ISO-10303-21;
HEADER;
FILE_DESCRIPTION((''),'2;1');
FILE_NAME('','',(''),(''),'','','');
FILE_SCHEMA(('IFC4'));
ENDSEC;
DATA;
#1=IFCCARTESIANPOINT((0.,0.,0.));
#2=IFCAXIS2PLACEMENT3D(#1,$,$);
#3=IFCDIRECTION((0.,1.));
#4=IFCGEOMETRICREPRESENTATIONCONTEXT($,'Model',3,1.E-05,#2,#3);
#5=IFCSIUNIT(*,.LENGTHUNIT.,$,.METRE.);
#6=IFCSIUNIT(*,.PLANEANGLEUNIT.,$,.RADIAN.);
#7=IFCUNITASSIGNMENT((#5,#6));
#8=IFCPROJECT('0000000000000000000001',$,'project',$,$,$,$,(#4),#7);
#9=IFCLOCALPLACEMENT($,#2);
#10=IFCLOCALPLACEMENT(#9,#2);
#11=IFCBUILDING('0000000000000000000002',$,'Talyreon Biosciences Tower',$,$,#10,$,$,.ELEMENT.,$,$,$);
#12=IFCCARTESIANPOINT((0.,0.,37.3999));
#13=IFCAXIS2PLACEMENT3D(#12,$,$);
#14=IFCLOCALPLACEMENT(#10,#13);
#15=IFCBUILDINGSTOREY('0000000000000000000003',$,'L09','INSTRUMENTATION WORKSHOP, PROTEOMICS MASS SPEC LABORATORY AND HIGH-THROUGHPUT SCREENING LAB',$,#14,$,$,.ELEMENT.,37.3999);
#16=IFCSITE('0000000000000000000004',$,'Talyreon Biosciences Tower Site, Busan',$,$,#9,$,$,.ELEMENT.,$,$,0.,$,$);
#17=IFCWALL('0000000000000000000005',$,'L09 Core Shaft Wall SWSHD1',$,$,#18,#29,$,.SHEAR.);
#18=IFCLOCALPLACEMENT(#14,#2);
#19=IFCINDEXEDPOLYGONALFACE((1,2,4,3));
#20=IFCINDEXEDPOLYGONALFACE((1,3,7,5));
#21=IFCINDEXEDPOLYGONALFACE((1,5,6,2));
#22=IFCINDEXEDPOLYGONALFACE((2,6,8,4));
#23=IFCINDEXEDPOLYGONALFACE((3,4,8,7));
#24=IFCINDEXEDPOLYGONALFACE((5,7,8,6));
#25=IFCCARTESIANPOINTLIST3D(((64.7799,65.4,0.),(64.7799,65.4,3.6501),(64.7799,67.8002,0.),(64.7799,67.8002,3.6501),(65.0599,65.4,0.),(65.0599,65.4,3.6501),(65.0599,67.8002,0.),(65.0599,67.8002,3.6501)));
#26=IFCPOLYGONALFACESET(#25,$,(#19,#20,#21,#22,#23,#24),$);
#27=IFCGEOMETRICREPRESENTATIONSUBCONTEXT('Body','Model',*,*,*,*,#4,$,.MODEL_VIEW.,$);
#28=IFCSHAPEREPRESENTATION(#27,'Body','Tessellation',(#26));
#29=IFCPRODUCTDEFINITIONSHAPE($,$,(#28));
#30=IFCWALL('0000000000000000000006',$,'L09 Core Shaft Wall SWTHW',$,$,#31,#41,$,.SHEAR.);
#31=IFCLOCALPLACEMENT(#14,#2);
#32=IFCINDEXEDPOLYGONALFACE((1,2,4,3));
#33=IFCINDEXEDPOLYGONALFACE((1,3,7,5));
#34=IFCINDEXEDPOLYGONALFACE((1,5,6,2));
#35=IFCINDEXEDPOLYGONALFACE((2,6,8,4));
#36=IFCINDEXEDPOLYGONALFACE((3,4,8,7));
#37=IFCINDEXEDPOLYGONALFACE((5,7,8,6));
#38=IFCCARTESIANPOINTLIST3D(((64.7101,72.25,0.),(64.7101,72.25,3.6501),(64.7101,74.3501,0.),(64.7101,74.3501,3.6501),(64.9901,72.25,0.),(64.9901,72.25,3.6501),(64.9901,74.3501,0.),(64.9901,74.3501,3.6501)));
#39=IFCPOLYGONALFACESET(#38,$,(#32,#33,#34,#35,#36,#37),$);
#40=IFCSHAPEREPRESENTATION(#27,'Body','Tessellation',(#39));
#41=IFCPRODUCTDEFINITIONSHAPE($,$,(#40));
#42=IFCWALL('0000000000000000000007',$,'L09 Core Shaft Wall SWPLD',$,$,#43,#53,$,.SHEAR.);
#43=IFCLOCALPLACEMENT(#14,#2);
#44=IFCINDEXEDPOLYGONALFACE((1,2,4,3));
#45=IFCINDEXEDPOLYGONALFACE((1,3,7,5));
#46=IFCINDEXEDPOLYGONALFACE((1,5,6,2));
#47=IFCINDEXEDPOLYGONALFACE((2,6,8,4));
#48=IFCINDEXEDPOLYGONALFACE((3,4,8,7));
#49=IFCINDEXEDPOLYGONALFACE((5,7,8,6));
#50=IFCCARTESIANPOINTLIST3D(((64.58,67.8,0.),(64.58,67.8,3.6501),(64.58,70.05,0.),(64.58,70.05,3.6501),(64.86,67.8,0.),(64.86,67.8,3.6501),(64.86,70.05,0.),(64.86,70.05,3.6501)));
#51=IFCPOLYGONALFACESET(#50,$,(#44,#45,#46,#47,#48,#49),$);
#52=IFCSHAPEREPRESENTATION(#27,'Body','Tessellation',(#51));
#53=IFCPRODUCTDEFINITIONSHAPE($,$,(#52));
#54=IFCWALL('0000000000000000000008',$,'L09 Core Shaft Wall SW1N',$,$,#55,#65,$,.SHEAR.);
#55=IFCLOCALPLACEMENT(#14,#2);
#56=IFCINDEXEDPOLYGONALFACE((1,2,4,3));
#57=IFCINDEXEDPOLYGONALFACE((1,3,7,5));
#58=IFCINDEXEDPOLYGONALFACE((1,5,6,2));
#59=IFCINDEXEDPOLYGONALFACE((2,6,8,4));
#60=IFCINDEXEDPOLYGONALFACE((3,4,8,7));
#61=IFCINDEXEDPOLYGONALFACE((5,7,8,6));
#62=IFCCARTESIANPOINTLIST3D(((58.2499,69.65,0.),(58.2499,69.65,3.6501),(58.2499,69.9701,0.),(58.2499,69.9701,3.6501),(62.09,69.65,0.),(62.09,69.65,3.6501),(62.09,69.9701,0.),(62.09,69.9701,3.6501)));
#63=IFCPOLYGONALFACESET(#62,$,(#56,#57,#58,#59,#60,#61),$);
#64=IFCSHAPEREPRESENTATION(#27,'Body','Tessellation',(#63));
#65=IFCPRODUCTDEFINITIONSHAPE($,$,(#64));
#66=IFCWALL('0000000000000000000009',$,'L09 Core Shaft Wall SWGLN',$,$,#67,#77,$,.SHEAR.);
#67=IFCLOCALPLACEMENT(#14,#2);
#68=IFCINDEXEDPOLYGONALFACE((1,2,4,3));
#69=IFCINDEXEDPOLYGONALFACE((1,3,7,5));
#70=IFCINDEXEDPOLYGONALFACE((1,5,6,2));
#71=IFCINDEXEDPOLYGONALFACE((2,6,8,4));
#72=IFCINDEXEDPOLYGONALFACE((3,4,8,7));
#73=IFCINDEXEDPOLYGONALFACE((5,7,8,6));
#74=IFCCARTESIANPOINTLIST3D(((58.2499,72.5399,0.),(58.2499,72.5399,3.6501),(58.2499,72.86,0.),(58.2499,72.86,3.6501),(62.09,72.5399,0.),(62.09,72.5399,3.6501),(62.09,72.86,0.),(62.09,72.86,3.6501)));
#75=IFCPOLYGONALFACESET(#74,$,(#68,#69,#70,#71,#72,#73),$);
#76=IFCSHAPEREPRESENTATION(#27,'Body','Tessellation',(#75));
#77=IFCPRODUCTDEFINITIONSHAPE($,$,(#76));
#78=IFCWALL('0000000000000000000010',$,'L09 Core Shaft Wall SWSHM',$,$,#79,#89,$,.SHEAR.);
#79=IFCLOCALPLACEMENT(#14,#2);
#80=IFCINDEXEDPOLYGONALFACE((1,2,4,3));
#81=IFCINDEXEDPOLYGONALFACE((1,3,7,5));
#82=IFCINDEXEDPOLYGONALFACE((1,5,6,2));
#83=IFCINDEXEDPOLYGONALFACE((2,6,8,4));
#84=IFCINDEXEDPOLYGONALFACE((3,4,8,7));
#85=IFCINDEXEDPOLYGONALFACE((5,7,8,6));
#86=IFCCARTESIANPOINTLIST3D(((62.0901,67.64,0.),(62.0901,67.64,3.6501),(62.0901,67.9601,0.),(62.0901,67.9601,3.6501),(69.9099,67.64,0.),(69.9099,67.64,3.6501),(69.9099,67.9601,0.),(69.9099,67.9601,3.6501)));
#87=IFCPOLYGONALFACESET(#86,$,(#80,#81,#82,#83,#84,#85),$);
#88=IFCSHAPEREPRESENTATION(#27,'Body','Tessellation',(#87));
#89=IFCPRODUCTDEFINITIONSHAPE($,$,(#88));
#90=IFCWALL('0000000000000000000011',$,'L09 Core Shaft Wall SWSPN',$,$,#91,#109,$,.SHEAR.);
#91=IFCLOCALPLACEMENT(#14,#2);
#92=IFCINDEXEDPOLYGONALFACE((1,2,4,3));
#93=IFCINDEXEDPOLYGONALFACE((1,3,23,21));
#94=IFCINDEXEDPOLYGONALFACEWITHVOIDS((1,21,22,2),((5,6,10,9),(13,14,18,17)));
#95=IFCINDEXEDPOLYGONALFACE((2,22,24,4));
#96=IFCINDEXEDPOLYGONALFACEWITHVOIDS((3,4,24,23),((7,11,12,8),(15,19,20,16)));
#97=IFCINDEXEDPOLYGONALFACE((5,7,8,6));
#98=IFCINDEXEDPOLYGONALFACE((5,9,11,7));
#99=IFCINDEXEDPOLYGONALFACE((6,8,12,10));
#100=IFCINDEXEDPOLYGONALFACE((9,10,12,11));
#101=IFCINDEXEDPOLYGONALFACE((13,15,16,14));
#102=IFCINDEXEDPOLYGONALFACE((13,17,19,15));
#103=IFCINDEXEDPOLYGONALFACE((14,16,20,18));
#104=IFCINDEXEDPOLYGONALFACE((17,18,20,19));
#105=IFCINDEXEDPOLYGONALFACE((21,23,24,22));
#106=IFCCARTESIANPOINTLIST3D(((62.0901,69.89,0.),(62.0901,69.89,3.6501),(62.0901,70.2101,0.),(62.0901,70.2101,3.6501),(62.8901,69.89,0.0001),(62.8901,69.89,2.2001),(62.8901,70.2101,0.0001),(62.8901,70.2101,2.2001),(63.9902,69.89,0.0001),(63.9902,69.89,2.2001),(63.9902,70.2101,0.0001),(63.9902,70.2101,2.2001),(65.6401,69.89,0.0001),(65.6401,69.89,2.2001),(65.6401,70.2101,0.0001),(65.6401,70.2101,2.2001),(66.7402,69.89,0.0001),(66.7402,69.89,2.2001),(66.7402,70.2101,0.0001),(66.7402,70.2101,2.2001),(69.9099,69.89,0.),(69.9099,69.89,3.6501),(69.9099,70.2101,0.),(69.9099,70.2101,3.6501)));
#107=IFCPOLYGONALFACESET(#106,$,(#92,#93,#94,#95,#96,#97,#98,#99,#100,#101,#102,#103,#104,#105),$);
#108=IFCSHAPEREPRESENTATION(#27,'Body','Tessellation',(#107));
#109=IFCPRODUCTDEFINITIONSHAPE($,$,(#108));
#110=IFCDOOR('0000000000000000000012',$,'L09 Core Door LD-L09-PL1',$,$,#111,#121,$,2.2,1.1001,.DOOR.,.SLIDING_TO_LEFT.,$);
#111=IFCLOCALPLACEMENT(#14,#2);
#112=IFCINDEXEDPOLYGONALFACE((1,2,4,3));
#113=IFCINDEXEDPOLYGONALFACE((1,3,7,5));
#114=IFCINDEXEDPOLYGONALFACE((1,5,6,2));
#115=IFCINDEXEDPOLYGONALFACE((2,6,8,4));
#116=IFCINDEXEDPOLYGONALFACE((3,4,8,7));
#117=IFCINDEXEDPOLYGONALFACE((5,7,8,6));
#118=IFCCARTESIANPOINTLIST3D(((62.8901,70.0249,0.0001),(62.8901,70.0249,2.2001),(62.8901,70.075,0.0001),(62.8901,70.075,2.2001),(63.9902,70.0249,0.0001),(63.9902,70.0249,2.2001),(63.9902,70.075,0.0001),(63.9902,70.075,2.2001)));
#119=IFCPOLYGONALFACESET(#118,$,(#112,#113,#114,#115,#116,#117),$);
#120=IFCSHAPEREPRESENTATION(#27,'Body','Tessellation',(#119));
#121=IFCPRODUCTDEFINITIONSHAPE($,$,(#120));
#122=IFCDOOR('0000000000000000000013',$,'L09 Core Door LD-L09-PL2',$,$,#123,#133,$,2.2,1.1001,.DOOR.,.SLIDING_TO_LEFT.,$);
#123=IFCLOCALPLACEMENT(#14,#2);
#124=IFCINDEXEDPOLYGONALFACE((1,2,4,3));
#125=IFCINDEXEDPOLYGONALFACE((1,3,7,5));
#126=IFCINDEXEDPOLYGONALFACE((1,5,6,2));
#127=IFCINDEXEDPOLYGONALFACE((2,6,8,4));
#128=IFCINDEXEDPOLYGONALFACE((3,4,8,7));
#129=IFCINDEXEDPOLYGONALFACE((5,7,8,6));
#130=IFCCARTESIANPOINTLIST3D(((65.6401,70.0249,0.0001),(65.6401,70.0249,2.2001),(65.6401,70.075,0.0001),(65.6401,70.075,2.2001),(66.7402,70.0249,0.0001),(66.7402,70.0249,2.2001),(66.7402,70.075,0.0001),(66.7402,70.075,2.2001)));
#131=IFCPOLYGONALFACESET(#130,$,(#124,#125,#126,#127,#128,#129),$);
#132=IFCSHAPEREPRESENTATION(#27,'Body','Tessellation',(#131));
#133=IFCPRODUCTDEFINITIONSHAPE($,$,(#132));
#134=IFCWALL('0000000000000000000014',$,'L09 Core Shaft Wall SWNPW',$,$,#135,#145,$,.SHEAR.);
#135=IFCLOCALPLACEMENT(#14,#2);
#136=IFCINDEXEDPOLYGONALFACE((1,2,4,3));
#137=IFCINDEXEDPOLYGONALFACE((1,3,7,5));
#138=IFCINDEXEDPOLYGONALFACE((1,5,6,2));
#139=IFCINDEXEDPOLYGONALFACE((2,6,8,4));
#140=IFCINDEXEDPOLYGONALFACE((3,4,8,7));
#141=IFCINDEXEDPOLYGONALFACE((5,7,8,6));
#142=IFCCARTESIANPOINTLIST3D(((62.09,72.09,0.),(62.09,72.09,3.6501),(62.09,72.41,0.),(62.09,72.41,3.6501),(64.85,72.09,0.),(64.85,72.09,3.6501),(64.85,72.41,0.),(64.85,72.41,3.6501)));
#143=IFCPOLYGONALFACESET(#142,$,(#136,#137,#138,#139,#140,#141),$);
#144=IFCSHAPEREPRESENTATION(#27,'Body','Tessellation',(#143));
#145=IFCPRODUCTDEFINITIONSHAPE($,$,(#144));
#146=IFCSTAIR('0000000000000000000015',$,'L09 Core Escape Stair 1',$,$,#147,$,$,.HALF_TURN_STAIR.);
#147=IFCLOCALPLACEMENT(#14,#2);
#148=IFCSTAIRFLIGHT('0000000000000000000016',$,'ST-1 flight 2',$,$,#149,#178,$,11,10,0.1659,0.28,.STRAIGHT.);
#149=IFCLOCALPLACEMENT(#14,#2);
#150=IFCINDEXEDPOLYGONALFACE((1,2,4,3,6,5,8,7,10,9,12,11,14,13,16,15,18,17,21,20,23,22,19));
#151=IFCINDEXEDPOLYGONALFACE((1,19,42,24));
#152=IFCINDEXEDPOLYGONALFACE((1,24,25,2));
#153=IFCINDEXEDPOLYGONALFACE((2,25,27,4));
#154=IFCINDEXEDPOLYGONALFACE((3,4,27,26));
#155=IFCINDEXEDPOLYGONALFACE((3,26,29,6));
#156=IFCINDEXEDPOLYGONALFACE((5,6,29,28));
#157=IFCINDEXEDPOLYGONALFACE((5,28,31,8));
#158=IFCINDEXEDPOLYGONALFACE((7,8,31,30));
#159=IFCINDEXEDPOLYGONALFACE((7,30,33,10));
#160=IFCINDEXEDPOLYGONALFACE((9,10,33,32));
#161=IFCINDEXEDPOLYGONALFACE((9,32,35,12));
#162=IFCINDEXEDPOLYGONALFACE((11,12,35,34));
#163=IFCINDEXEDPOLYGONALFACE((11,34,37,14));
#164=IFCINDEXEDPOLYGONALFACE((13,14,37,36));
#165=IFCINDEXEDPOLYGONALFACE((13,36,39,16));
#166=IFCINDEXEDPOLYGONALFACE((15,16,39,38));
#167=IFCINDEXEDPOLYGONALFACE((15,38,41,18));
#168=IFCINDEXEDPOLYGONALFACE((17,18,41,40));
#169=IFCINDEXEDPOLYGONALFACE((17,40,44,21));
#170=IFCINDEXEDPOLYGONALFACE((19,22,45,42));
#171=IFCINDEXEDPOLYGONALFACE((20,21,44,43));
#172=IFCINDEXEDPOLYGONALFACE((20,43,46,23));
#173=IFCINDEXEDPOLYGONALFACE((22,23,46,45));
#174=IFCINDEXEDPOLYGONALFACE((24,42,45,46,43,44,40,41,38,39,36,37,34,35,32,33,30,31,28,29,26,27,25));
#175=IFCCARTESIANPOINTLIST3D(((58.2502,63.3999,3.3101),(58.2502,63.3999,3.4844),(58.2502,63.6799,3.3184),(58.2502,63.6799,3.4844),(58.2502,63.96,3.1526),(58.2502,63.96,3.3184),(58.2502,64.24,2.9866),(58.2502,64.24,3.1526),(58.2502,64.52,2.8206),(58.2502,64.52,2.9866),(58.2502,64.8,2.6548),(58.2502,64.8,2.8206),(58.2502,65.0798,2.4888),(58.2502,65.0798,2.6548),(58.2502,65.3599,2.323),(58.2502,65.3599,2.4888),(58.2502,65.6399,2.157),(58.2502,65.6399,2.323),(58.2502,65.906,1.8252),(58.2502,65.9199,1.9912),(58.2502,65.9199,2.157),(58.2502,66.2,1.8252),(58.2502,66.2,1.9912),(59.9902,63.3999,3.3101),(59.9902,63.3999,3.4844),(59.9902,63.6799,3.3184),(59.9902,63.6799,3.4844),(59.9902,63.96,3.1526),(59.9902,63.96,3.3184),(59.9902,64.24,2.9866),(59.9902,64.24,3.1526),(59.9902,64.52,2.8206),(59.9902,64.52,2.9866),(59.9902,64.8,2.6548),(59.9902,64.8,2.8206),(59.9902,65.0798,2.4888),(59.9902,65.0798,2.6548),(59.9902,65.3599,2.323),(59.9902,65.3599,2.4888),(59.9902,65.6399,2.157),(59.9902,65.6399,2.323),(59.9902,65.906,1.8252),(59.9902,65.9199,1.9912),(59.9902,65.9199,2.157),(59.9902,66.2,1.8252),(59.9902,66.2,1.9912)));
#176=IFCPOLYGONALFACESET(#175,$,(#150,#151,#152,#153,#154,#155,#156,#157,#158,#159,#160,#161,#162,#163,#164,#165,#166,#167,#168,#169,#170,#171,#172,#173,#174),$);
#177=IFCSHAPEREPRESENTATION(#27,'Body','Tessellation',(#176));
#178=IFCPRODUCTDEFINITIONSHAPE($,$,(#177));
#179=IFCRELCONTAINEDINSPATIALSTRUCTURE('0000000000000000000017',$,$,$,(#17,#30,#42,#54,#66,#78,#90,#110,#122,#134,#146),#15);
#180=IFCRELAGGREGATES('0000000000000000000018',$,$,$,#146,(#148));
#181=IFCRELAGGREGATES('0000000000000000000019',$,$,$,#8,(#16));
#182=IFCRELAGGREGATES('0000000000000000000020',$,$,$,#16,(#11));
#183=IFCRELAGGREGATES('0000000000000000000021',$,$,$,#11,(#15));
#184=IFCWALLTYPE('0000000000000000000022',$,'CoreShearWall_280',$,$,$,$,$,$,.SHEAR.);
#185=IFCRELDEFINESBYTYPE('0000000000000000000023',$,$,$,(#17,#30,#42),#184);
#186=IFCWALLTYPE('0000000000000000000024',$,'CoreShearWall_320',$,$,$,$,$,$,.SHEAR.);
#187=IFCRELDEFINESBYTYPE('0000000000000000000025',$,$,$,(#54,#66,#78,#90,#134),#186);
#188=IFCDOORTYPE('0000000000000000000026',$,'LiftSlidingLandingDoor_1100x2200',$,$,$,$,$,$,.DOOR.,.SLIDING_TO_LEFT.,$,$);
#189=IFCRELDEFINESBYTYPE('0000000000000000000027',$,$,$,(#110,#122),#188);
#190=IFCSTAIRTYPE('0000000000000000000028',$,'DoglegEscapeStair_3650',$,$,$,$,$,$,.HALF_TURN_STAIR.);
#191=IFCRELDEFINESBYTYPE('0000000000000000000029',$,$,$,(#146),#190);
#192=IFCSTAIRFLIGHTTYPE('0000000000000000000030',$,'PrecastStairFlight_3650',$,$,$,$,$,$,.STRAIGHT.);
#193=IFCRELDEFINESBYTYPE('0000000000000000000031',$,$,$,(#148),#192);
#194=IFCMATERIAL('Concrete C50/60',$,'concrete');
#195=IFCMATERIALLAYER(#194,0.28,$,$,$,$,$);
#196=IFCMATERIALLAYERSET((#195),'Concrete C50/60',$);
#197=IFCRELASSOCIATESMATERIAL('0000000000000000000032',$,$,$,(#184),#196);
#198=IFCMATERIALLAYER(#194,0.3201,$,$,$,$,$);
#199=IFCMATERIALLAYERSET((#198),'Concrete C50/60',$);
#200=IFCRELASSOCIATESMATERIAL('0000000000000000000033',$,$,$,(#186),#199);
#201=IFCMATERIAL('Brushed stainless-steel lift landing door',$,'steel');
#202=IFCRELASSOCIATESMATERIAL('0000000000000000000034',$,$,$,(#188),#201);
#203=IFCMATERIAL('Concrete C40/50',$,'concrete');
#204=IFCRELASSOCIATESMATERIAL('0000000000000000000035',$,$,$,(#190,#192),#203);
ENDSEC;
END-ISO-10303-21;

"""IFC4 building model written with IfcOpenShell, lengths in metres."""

from ifc_helpers import new_model, si_unit, direction, frame, frame_2d, origin, place, context, subcontext, project, spatial, polyline, rectangle, outline, extrude, material, layer, layer_set, type_object, element, fill, aggregate, save


model = new_model("IFC4")

# Units and contexts
model_context = context("Model", 3, precision=1e-05, world=origin(), true_north=direction((0.0, 1.0)))
body_context = subcontext(model_context, "Body", "Model", "MODEL_VIEW")
ifc_project = project(units=[si_unit("LENGTHUNIT", "METRE"), si_unit("PLANEANGLEUNIT", "RADIAN")], contexts=[model_context])

# Site, building, storey
site_placement = place(None, origin())
site = spatial("IfcSite", under=ifc_project, at=site_placement, Name="Talyreon Biosciences Tower Site, Busan", CompositionType="ELEMENT", RefElevation=0.0)
building_placement = place(site_placement, origin())
building = spatial("IfcBuilding", under=site, at=building_placement, Name="Talyreon Biosciences Tower", CompositionType="ELEMENT")
storey_placement = place(building_placement, frame((0.0, 0.0, 37.3999)))
storey = spatial("IfcBuildingStorey", under=building, at=storey_placement, Name="L09", Description="INSTRUMENTATION WORKSHOP, PROTEOMICS MASS SPEC LABORATORY AND HIGH-THROUGHPUT SCREENING LAB", CompositionType="ELEMENT", Elevation=37.3999)

# Walls
ifc_material_1 = material(Name="Concrete C50/60", Category="concrete")
ifc_layer_1 = layer(ifc_material_1, 0.28)
ifc_layer_set_1 = layer_set([ifc_layer_1], Name="Concrete C50/60")
wall_type_1 = type_object("IfcWallType", Name="CoreShearWall_280", PredefinedType="SHEAR", material=ifc_layer_set_1)
wall_1_placement = place(storey_placement, frame((64.9199, 65.3999, 0.0), z_axis=(0.0, 0.0, 1.0), x_axis=(0.0, 1.0, 0.0)))
element("IfcWall", 1, at=wall_1_placement, inside=storey, type_object=wall_type_1, Name="L09 Core Shaft Wall SWSHD1", PredefinedType="SHEAR", context=body_context, shape_type="SweptSolid", body=[
    extrude(rectangle(XDim=2.4001, YDim=0.28, at=frame_2d((1.2002, 0.0))), origin(), (0.0, 0.0, 1.0), 3.6501),
])
wall_2_placement = place(storey_placement, frame((64.8501, 72.25, 0.0), z_axis=(0.0, 0.0, 1.0), x_axis=(0.0, 1.0, 0.0)))
element("IfcWall", 2, at=wall_2_placement, inside=storey, type_object=wall_type_1, Name="L09 Core Shaft Wall SWTHW", PredefinedType="SHEAR", context=body_context, shape_type="SweptSolid", body=[
    extrude(rectangle(XDim=2.1001, YDim=0.28, at=frame_2d((1.05, 0.0))), origin(), (0.0, 0.0, 1.0), 3.6501),
])
wall_3_placement = place(storey_placement, frame((64.72, 67.8, 0.0), z_axis=(0.0, 0.0, 1.0), x_axis=(0.0, 1.0, 0.0)))
element("IfcWall", 3, at=wall_3_placement, inside=storey, type_object=wall_type_1, Name="L09 Core Shaft Wall SWPLD", PredefinedType="SHEAR", context=body_context, shape_type="SweptSolid", body=[
    extrude(rectangle(XDim=2.25, YDim=0.28, at=frame_2d((1.125, 0.0))), origin(), (0.0, 0.0, 1.0), 3.6501),
])
ifc_layer_2 = layer(ifc_material_1, 0.3201)
ifc_layer_set_2 = layer_set([ifc_layer_2], Name="Concrete C50/60")
wall_type_2 = type_object("IfcWallType", Name="CoreShearWall_320", PredefinedType="SHEAR", material=ifc_layer_set_2)
for number, where, z_axis, x_axis, name in (
    (4, (58.25, 69.8101, 0.0), (0.0, 0.0, 1.0), (1.0, 0.0, 0.0), "L09 Core Shaft Wall SW1N"),
    (5, (58.25, 72.7, 0.0), (0.0, 0.0, 1.0), (1.0, 0.0, 0.0), "L09 Core Shaft Wall SWGLN"),
):
    element("IfcWall", number, at=place(storey_placement, frame(where, z_axis=z_axis, x_axis=x_axis)), inside=storey, type_object=wall_type_2, Name=name, PredefinedType="SHEAR", context=body_context, shape_type="SweptSolid", body=[
        extrude(rectangle(XDim=3.8401, YDim=0.3201, at=frame_2d((1.9199, 0.0))), origin(), (0.0, 0.0, 1.0), 3.6501),
    ])
wall_4_placement = place(storey_placement, frame((62.0901, 67.8, 0.0), z_axis=(0.0, 0.0, 1.0), x_axis=(1.0, 0.0, 0.0)))
element("IfcWall", 6, at=wall_4_placement, inside=storey, type_object=wall_type_2, Name="L09 Core Shaft Wall SWSHM", PredefinedType="SHEAR", context=body_context, shape_type="SweptSolid", body=[
    extrude(rectangle(XDim=7.8198, YDim=0.3201, at=frame_2d((3.9099, 0.0))), origin(), (0.0, 0.0, 1.0), 3.6501),
])

# Wall, openings, doors
wall_5_placement = place(storey_placement, frame((62.0901, 70.05, 0.0), z_axis=(0.0, 0.0, 1.0), x_axis=(1.0, 0.0, 0.0)))
wall_5 = element("IfcWall", 7, at=wall_5_placement, inside=storey, type_object=wall_type_2, Name="L09 Core Shaft Wall SWSPN", PredefinedType="SHEAR", context=body_context, shape_type="SweptSolid", body=[
    extrude(rectangle(XDim=7.8198, YDim=0.3201, at=frame_2d((3.9099, 0.0))), origin(), (0.0, 0.0, 1.0), 3.6501),
])
opening_1_placement = place(wall_5_placement, frame((0.8, 0.0, 0.0)))
opening_1 = element("IfcOpeningElement", 8, at=opening_1_placement, cuts=wall_5, PredefinedType="OPENING", context=body_context, shape_type="SweptSolid", body=[
    extrude(rectangle(XDim=1.1001, YDim=2.2, at=frame_2d((0.55, 1.1001))), frame((0.0, 0.1699, 0.0), z_axis=(0.0, -1.0, 0.0), x_axis=(1.0, 0.0, 0.0)), (0.0, 0.0, 1.0), 0.3401),
])
opening_2_placement = place(wall_5_placement, frame((3.55, 0.0, 0.0)))
opening_2 = element("IfcOpeningElement", 9, at=opening_2_placement, cuts=wall_5, PredefinedType="OPENING", context=body_context, shape_type="SweptSolid", body=[
    extrude(rectangle(XDim=1.1001, YDim=2.2, at=frame_2d((0.55, 1.1001))), frame((0.0, 0.1699, 0.0), z_axis=(0.0, -1.0, 0.0), x_axis=(1.0, 0.0, 0.0)), (0.0, 0.0, 1.0), 0.3401),
])
ifc_material_2 = material(Name="Brushed stainless-steel lift landing door", Category="steel")
door_type = type_object("IfcDoorType", Name="LiftSlidingLandingDoor_1100x2200", OperationType="SLIDING_TO_LEFT", PredefinedType="DOOR", material=ifc_material_2)
door_1_placement = place(opening_1_placement, origin())
door_1 = element("IfcDoor", 10, at=door_1_placement, inside=storey, type_object=door_type, Name="L09 Core Door LD-L09-PL1", OperationType="SLIDING_TO_LEFT", OverallHeight=2.2, OverallWidth=1.1001, PredefinedType="DOOR", context=body_context, shape_type="SweptSolid", body=[
    extrude(rectangle(XDim=1.1001, YDim=2.2, at=frame_2d((0.55, 1.1001))), frame((0.0, 0.0249, 0.0), z_axis=(0.0, -1.0, 0.0), x_axis=(1.0, 0.0, 0.0)), (0.0, 0.0, 1.0), 0.05),
])
fill(opening_1, door_1)
door_2_placement = place(opening_2_placement, origin())
door_2 = element("IfcDoor", 11, at=door_2_placement, inside=storey, type_object=door_type, Name="L09 Core Door LD-L09-PL2", OperationType="SLIDING_TO_LEFT", OverallHeight=2.2, OverallWidth=1.1001, PredefinedType="DOOR", context=body_context, shape_type="SweptSolid", body=[
    extrude(rectangle(XDim=1.1001, YDim=2.2, at=frame_2d((0.55, 1.1001))), frame((0.0, 0.0249, 0.0), z_axis=(0.0, -1.0, 0.0), x_axis=(1.0, 0.0, 0.0)), (0.0, 0.0, 1.0), 0.05),
])
fill(opening_2, door_2)

# Wall
wall_6_placement = place(storey_placement, frame((62.0901, 72.25, 0.0), z_axis=(0.0, 0.0, 1.0), x_axis=(1.0, 0.0, 0.0)))
element("IfcWall", 12, at=wall_6_placement, inside=storey, type_object=wall_type_2, Name="L09 Core Shaft Wall SWNPW", PredefinedType="SHEAR", context=body_context, shape_type="SweptSolid", body=[
    extrude(rectangle(XDim=2.76, YDim=0.3201, at=frame_2d((1.3799, 0.0))), origin(), (0.0, 0.0, 1.0), 3.6501),
])

# Stair, stair flight
ifc_material_3 = material(Name="Concrete C40/50", Category="concrete")
stair_type = type_object("IfcStairType", Name="DoglegEscapeStair_3650", PredefinedType="HALF_TURN_STAIR", material=ifc_material_3)
stair_placement = place(storey_placement, origin())
stair = element("IfcStair", 13, at=stair_placement, inside=storey, type_object=stair_type, Name="L09 Core Escape Stair 1", PredefinedType="HALF_TURN_STAIR")
stair_flight_type = type_object("IfcStairFlightType", Name="PrecastStairFlight_3650", PredefinedType="STRAIGHT", material=ifc_material_3)
stair_flight_placement = place(storey_placement, frame((59.1201, 66.2, 1.8252), z_axis=(0.0, 0.0, 1.0), x_axis=(0.0, -1.0, 0.0)))
stair_flight = element("IfcStairFlight", 14, at=stair_flight_placement, type_object=stair_flight_type, Name="ST-1 flight 2", NumberOfRisers=11, NumberOfTreads=10, PredefinedType="STRAIGHT", RiserHeight=0.1659, TreadLength=0.28, context=body_context, shape_type="SweptSolid", body=[
    extrude(outline(polyline([(0.0, 0.0), (0.0, 0.166), (0.28, 0.166), (0.28, 0.3318), (0.5601, 0.3318), (0.5601, 0.4978), (0.8401, 0.4978), (0.8401, 0.6636), (1.1201, 0.6636), (1.1201, 0.8296), (1.3999, 0.8296), (1.3999, 0.9954), (1.6799, 0.9954), (1.6799, 1.1614), (1.96, 1.1614), (1.96, 1.3274), (2.24, 1.3274), (2.24, 1.4932), (2.52, 1.4932), (2.52, 1.6592), (2.8, 1.6592), (2.8, 1.825), (2.8, 1.4849), (0.2939, 0.0), (0.0, 0.0)])), frame((0.0, 0.8701, 0.0), z_axis=(0.0, -1.0, 0.0), x_axis=(1.0, 0.0, 0.0)), (0.0, 0.0, 1.0), 1.74),
])
aggregate(stair, [stair_flight])

save(model, "model.ifc")
